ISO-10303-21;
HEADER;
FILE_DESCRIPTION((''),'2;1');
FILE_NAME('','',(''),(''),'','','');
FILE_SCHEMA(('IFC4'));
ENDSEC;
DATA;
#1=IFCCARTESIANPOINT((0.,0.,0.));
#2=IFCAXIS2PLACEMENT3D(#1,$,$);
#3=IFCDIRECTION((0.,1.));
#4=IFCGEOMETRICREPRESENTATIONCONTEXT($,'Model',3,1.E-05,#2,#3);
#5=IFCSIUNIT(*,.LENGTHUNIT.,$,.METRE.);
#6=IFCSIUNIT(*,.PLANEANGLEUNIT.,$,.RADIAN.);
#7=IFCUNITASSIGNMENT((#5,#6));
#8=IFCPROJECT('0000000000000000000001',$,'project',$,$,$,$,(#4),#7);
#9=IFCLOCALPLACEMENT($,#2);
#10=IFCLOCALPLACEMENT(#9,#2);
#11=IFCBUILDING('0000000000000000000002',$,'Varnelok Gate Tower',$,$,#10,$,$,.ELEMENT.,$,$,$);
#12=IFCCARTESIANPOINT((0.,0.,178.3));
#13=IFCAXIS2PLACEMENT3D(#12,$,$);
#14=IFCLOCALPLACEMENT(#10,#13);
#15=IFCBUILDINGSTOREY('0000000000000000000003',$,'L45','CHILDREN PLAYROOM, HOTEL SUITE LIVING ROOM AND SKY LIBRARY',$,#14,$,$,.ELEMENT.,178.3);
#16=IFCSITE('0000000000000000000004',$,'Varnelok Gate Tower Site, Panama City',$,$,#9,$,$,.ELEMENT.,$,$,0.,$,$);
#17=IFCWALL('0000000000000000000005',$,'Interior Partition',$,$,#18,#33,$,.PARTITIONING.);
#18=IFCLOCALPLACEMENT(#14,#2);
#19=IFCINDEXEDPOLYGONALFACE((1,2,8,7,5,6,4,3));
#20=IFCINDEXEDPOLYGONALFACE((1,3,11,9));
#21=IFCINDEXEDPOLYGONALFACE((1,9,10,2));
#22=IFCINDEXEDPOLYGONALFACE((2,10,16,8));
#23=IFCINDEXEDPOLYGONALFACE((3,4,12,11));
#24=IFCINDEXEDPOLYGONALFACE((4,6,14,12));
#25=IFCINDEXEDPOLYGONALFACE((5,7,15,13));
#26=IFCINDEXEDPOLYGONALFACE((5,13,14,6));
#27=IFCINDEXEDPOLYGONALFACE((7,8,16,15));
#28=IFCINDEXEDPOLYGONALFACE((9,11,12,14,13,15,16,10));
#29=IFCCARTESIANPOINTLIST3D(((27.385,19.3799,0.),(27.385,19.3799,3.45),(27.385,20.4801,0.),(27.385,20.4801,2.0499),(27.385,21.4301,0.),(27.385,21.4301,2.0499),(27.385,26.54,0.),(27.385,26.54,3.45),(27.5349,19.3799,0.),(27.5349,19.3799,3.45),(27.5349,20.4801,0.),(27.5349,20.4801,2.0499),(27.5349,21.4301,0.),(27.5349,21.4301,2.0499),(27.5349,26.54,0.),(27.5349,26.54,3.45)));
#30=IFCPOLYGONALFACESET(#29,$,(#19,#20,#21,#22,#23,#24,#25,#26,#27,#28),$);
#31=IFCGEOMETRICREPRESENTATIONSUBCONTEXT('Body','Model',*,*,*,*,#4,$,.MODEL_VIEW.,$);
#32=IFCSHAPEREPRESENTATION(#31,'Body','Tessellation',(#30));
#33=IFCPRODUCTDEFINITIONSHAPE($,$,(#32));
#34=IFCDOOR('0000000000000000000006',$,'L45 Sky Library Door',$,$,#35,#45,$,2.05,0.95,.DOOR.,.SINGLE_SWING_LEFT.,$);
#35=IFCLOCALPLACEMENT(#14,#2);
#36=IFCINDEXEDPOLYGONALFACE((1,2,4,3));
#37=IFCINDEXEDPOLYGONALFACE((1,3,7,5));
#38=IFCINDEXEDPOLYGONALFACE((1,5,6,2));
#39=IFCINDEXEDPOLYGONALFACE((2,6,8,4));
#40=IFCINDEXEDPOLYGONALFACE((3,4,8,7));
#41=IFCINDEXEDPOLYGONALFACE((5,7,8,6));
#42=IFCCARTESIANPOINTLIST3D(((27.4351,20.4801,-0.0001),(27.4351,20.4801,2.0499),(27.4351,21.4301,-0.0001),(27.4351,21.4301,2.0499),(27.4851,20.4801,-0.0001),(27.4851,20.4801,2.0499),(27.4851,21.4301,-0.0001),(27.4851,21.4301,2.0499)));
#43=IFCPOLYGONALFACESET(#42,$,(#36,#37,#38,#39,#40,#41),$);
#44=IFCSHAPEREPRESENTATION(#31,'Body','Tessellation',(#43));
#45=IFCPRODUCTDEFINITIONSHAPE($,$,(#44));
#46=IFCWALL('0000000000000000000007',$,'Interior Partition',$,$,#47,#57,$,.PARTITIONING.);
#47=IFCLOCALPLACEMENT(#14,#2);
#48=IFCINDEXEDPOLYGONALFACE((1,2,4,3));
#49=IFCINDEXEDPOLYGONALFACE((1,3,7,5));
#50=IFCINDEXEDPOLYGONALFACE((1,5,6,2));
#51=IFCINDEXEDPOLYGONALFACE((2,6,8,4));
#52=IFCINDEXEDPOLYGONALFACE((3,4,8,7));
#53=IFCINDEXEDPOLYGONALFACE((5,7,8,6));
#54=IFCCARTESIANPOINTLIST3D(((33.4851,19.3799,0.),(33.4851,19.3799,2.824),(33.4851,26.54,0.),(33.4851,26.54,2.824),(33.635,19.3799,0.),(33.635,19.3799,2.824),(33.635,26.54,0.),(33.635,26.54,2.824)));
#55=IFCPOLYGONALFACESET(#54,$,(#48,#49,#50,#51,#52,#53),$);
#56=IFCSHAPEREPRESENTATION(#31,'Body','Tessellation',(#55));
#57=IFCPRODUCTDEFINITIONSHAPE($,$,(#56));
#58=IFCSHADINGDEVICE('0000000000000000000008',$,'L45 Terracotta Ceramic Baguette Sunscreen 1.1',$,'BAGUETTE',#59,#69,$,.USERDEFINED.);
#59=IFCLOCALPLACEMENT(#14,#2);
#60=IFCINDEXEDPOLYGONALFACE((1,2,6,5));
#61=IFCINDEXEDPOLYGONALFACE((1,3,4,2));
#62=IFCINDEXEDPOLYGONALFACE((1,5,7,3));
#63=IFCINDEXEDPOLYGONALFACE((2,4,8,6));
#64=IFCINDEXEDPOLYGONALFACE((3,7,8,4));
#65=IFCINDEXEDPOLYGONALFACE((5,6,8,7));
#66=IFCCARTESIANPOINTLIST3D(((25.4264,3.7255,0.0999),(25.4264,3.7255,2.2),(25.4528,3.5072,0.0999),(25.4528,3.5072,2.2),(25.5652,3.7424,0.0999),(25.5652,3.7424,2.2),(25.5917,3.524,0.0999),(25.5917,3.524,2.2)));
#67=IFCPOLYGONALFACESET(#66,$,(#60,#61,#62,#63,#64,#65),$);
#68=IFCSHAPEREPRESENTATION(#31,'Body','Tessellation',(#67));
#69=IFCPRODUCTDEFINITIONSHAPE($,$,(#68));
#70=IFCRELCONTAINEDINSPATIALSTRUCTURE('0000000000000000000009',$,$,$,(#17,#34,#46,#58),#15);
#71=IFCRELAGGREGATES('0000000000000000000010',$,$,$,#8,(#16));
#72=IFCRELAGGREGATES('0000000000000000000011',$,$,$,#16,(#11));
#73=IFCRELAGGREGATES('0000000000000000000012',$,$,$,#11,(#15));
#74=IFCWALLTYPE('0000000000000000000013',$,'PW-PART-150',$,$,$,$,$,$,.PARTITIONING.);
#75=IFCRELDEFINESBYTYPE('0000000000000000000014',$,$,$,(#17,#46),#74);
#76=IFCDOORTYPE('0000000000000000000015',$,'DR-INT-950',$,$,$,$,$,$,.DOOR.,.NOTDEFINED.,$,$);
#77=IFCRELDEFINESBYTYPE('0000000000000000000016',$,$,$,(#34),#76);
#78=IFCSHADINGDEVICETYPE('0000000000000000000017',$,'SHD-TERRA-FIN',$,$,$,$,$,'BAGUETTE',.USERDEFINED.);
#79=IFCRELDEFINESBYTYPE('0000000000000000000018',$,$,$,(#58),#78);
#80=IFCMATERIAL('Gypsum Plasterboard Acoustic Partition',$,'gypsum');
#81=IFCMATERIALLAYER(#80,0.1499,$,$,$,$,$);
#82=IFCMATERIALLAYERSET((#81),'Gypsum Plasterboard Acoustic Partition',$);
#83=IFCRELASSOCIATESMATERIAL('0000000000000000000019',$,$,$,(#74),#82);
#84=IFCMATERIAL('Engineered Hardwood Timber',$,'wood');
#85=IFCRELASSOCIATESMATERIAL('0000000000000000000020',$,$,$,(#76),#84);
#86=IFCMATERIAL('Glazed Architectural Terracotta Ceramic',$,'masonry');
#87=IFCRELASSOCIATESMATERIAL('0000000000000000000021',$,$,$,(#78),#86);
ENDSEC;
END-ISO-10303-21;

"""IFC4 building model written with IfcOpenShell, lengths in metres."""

from ifc_helpers import new_model, si_unit, direction, frame, frame_2d, origin, origin_2d, place, context, subcontext, project, spatial, rectangle, extrude, source, transform, mapped, material, layer, layer_set, type_object, element, fill, save


model = new_model("IFC4")

# Units and contexts
model_context = context("Model", 3, precision=1e-05, world=origin(), true_north=direction((0.0, 1.0)))
body_context = subcontext(model_context, "Body", "Model", "MODEL_VIEW")
ifc_project = project(units=[si_unit("LENGTHUNIT", "METRE"), si_unit("PLANEANGLEUNIT", "RADIAN")], contexts=[model_context])

# Site, building, storey
site_placement = place(None, origin())
site = spatial("IfcSite", under=ifc_project, at=site_placement, Name="Varnelok Gate Tower Site, Panama City", CompositionType="ELEMENT", RefElevation=0.0)
building_placement = place(site_placement, origin())
building = spatial("IfcBuilding", under=site, at=building_placement, Name="Varnelok Gate Tower", CompositionType="ELEMENT")
storey_placement = place(building_placement, frame((0.0, 0.0, 178.3)))
storey = spatial("IfcBuildingStorey", under=building, at=storey_placement, Name="L45", Description="CHILDREN PLAYROOM, HOTEL SUITE LIVING ROOM AND SKY LIBRARY", CompositionType="ELEMENT", Elevation=178.3)

# Shared definitions
ifc_material_1 = material(Name="Gypsum Plasterboard Acoustic Partition", Category="gypsum")
ifc_layer_1 = layer(ifc_material_1, 0.1499)
ifc_layer_set_1 = layer_set([ifc_layer_1], Name="Gypsum Plasterboard Acoustic Partition")
wall_type_1 = type_object("IfcWallType", Name="PW-PART-150", PredefinedType="PARTITIONING", material=ifc_layer_set_1)

# Wall, opening, door
wall_1_placement = place(storey_placement, frame((27.46, 19.3799, 0.0), z_axis=(0.0, 0.0, 1.0), x_axis=(0.0, 1.0, 0.0)))
wall_1 = element("IfcWall", 1, at=wall_1_placement, inside=storey, type_object=wall_type_1, Name="Interior Partition", PredefinedType="PARTITIONING", context=body_context, shape_type="SweptSolid", body=[
    extrude(rectangle(XDim=7.1602, YDim=0.1499, at=frame_2d((3.5801, 0.0))), origin(), (0.0, 0.0, 1.0), 3.45),
])
opening_1_placement = place(wall_1_placement, frame((1.1001, 0.0, 0.0)))
opening_1 = element("IfcOpeningElement", 2, at=opening_1_placement, cuts=wall_1, PredefinedType="OPENING", context=body_context, shape_type="SweptSolid", body=[
    extrude(rectangle(XDim=0.95, YDim=2.05, at=frame_2d((0.4751, 1.0249))), frame((0.0, 0.085, 0.0), z_axis=(0.0, -1.0, 0.0), x_axis=(1.0, 0.0, 0.0)), (0.0, 0.0, 1.0), 0.1699),
])
ifc_material_2 = material(Name="Engineered Hardwood Timber", Category="wood")
door_type_1 = type_object("IfcDoorType", Name="DR-INT-950", OperationType="NOTDEFINED", PredefinedType="DOOR", material=ifc_material_2)
door_1_placement = place(opening_1_placement, origin())
door_1 = element("IfcDoor", 3, at=door_1_placement, inside=storey, type_object=door_type_1, Name="L45 Sky Library Door", OperationType="SINGLE_SWING_LEFT", OverallHeight=2.05, OverallWidth=0.95, PredefinedType="DOOR", context=body_context, shape_type="SweptSolid", body=[
    extrude(rectangle(XDim=0.95, YDim=2.05, at=frame_2d((0.4751, 1.0249))), frame((0.0, 0.0249, 0.0), z_axis=(0.0, -1.0, 0.0), x_axis=(1.0, 0.0, 0.0)), (0.0, 0.0, 1.0), 0.05),
])
fill(opening_1, door_1)

# Wall
wall_2_placement = place(storey_placement, frame((33.5601, 19.3799, 0.0), z_axis=(0.0, 0.0, 1.0), x_axis=(0.0, 1.0, 0.0)))
element("IfcWall", 4, at=wall_2_placement, inside=storey, type_object=wall_type_1, Name="Interior Partition", PredefinedType="PARTITIONING", context=body_context, shape_type="SweptSolid", body=[
    extrude(rectangle(XDim=7.1602, YDim=0.1499, at=frame_2d((3.5801, 0.0))), origin(), (0.0, 0.0, 1.0), 2.824),
])

# Shading device
ifc_material_3 = material(Name="Glazed Architectural Terracotta Ceramic", Category="masonry")
shading_device_type = type_object("IfcShadingDeviceType", Name="SHD-TERRA-FIN", ElementType="BAGUETTE", PredefinedType="USERDEFINED", material=ifc_material_3)
shared_shape = source(origin(), body_context, "Body", "SweptSolid", [
    extrude(rectangle(XDim=0.1399, YDim=0.22, at=origin_2d()), origin(), (0.0, 0.0, 1.0), 2.1001),
])
shading_device_placement = place(storey_placement, frame((25.509, 3.6248, 0.0999), z_axis=(0.0, 0.0, 1.0), x_axis=(0.992732, 0.120345, 0.0)))
element("IfcShadingDevice", 5, at=shading_device_placement, inside=storey, type_object=shading_device_type, Name="L45 Terracotta Ceramic Baguette Sunscreen 1.1", ObjectType="BAGUETTE", PredefinedType="USERDEFINED", context=body_context, shape_type="MappedRepresentation", body=[
    mapped(shared_shape, transform((0.0, 0.0, 0.0), scale=1.0)),
])

save(model, "model.ifc")
